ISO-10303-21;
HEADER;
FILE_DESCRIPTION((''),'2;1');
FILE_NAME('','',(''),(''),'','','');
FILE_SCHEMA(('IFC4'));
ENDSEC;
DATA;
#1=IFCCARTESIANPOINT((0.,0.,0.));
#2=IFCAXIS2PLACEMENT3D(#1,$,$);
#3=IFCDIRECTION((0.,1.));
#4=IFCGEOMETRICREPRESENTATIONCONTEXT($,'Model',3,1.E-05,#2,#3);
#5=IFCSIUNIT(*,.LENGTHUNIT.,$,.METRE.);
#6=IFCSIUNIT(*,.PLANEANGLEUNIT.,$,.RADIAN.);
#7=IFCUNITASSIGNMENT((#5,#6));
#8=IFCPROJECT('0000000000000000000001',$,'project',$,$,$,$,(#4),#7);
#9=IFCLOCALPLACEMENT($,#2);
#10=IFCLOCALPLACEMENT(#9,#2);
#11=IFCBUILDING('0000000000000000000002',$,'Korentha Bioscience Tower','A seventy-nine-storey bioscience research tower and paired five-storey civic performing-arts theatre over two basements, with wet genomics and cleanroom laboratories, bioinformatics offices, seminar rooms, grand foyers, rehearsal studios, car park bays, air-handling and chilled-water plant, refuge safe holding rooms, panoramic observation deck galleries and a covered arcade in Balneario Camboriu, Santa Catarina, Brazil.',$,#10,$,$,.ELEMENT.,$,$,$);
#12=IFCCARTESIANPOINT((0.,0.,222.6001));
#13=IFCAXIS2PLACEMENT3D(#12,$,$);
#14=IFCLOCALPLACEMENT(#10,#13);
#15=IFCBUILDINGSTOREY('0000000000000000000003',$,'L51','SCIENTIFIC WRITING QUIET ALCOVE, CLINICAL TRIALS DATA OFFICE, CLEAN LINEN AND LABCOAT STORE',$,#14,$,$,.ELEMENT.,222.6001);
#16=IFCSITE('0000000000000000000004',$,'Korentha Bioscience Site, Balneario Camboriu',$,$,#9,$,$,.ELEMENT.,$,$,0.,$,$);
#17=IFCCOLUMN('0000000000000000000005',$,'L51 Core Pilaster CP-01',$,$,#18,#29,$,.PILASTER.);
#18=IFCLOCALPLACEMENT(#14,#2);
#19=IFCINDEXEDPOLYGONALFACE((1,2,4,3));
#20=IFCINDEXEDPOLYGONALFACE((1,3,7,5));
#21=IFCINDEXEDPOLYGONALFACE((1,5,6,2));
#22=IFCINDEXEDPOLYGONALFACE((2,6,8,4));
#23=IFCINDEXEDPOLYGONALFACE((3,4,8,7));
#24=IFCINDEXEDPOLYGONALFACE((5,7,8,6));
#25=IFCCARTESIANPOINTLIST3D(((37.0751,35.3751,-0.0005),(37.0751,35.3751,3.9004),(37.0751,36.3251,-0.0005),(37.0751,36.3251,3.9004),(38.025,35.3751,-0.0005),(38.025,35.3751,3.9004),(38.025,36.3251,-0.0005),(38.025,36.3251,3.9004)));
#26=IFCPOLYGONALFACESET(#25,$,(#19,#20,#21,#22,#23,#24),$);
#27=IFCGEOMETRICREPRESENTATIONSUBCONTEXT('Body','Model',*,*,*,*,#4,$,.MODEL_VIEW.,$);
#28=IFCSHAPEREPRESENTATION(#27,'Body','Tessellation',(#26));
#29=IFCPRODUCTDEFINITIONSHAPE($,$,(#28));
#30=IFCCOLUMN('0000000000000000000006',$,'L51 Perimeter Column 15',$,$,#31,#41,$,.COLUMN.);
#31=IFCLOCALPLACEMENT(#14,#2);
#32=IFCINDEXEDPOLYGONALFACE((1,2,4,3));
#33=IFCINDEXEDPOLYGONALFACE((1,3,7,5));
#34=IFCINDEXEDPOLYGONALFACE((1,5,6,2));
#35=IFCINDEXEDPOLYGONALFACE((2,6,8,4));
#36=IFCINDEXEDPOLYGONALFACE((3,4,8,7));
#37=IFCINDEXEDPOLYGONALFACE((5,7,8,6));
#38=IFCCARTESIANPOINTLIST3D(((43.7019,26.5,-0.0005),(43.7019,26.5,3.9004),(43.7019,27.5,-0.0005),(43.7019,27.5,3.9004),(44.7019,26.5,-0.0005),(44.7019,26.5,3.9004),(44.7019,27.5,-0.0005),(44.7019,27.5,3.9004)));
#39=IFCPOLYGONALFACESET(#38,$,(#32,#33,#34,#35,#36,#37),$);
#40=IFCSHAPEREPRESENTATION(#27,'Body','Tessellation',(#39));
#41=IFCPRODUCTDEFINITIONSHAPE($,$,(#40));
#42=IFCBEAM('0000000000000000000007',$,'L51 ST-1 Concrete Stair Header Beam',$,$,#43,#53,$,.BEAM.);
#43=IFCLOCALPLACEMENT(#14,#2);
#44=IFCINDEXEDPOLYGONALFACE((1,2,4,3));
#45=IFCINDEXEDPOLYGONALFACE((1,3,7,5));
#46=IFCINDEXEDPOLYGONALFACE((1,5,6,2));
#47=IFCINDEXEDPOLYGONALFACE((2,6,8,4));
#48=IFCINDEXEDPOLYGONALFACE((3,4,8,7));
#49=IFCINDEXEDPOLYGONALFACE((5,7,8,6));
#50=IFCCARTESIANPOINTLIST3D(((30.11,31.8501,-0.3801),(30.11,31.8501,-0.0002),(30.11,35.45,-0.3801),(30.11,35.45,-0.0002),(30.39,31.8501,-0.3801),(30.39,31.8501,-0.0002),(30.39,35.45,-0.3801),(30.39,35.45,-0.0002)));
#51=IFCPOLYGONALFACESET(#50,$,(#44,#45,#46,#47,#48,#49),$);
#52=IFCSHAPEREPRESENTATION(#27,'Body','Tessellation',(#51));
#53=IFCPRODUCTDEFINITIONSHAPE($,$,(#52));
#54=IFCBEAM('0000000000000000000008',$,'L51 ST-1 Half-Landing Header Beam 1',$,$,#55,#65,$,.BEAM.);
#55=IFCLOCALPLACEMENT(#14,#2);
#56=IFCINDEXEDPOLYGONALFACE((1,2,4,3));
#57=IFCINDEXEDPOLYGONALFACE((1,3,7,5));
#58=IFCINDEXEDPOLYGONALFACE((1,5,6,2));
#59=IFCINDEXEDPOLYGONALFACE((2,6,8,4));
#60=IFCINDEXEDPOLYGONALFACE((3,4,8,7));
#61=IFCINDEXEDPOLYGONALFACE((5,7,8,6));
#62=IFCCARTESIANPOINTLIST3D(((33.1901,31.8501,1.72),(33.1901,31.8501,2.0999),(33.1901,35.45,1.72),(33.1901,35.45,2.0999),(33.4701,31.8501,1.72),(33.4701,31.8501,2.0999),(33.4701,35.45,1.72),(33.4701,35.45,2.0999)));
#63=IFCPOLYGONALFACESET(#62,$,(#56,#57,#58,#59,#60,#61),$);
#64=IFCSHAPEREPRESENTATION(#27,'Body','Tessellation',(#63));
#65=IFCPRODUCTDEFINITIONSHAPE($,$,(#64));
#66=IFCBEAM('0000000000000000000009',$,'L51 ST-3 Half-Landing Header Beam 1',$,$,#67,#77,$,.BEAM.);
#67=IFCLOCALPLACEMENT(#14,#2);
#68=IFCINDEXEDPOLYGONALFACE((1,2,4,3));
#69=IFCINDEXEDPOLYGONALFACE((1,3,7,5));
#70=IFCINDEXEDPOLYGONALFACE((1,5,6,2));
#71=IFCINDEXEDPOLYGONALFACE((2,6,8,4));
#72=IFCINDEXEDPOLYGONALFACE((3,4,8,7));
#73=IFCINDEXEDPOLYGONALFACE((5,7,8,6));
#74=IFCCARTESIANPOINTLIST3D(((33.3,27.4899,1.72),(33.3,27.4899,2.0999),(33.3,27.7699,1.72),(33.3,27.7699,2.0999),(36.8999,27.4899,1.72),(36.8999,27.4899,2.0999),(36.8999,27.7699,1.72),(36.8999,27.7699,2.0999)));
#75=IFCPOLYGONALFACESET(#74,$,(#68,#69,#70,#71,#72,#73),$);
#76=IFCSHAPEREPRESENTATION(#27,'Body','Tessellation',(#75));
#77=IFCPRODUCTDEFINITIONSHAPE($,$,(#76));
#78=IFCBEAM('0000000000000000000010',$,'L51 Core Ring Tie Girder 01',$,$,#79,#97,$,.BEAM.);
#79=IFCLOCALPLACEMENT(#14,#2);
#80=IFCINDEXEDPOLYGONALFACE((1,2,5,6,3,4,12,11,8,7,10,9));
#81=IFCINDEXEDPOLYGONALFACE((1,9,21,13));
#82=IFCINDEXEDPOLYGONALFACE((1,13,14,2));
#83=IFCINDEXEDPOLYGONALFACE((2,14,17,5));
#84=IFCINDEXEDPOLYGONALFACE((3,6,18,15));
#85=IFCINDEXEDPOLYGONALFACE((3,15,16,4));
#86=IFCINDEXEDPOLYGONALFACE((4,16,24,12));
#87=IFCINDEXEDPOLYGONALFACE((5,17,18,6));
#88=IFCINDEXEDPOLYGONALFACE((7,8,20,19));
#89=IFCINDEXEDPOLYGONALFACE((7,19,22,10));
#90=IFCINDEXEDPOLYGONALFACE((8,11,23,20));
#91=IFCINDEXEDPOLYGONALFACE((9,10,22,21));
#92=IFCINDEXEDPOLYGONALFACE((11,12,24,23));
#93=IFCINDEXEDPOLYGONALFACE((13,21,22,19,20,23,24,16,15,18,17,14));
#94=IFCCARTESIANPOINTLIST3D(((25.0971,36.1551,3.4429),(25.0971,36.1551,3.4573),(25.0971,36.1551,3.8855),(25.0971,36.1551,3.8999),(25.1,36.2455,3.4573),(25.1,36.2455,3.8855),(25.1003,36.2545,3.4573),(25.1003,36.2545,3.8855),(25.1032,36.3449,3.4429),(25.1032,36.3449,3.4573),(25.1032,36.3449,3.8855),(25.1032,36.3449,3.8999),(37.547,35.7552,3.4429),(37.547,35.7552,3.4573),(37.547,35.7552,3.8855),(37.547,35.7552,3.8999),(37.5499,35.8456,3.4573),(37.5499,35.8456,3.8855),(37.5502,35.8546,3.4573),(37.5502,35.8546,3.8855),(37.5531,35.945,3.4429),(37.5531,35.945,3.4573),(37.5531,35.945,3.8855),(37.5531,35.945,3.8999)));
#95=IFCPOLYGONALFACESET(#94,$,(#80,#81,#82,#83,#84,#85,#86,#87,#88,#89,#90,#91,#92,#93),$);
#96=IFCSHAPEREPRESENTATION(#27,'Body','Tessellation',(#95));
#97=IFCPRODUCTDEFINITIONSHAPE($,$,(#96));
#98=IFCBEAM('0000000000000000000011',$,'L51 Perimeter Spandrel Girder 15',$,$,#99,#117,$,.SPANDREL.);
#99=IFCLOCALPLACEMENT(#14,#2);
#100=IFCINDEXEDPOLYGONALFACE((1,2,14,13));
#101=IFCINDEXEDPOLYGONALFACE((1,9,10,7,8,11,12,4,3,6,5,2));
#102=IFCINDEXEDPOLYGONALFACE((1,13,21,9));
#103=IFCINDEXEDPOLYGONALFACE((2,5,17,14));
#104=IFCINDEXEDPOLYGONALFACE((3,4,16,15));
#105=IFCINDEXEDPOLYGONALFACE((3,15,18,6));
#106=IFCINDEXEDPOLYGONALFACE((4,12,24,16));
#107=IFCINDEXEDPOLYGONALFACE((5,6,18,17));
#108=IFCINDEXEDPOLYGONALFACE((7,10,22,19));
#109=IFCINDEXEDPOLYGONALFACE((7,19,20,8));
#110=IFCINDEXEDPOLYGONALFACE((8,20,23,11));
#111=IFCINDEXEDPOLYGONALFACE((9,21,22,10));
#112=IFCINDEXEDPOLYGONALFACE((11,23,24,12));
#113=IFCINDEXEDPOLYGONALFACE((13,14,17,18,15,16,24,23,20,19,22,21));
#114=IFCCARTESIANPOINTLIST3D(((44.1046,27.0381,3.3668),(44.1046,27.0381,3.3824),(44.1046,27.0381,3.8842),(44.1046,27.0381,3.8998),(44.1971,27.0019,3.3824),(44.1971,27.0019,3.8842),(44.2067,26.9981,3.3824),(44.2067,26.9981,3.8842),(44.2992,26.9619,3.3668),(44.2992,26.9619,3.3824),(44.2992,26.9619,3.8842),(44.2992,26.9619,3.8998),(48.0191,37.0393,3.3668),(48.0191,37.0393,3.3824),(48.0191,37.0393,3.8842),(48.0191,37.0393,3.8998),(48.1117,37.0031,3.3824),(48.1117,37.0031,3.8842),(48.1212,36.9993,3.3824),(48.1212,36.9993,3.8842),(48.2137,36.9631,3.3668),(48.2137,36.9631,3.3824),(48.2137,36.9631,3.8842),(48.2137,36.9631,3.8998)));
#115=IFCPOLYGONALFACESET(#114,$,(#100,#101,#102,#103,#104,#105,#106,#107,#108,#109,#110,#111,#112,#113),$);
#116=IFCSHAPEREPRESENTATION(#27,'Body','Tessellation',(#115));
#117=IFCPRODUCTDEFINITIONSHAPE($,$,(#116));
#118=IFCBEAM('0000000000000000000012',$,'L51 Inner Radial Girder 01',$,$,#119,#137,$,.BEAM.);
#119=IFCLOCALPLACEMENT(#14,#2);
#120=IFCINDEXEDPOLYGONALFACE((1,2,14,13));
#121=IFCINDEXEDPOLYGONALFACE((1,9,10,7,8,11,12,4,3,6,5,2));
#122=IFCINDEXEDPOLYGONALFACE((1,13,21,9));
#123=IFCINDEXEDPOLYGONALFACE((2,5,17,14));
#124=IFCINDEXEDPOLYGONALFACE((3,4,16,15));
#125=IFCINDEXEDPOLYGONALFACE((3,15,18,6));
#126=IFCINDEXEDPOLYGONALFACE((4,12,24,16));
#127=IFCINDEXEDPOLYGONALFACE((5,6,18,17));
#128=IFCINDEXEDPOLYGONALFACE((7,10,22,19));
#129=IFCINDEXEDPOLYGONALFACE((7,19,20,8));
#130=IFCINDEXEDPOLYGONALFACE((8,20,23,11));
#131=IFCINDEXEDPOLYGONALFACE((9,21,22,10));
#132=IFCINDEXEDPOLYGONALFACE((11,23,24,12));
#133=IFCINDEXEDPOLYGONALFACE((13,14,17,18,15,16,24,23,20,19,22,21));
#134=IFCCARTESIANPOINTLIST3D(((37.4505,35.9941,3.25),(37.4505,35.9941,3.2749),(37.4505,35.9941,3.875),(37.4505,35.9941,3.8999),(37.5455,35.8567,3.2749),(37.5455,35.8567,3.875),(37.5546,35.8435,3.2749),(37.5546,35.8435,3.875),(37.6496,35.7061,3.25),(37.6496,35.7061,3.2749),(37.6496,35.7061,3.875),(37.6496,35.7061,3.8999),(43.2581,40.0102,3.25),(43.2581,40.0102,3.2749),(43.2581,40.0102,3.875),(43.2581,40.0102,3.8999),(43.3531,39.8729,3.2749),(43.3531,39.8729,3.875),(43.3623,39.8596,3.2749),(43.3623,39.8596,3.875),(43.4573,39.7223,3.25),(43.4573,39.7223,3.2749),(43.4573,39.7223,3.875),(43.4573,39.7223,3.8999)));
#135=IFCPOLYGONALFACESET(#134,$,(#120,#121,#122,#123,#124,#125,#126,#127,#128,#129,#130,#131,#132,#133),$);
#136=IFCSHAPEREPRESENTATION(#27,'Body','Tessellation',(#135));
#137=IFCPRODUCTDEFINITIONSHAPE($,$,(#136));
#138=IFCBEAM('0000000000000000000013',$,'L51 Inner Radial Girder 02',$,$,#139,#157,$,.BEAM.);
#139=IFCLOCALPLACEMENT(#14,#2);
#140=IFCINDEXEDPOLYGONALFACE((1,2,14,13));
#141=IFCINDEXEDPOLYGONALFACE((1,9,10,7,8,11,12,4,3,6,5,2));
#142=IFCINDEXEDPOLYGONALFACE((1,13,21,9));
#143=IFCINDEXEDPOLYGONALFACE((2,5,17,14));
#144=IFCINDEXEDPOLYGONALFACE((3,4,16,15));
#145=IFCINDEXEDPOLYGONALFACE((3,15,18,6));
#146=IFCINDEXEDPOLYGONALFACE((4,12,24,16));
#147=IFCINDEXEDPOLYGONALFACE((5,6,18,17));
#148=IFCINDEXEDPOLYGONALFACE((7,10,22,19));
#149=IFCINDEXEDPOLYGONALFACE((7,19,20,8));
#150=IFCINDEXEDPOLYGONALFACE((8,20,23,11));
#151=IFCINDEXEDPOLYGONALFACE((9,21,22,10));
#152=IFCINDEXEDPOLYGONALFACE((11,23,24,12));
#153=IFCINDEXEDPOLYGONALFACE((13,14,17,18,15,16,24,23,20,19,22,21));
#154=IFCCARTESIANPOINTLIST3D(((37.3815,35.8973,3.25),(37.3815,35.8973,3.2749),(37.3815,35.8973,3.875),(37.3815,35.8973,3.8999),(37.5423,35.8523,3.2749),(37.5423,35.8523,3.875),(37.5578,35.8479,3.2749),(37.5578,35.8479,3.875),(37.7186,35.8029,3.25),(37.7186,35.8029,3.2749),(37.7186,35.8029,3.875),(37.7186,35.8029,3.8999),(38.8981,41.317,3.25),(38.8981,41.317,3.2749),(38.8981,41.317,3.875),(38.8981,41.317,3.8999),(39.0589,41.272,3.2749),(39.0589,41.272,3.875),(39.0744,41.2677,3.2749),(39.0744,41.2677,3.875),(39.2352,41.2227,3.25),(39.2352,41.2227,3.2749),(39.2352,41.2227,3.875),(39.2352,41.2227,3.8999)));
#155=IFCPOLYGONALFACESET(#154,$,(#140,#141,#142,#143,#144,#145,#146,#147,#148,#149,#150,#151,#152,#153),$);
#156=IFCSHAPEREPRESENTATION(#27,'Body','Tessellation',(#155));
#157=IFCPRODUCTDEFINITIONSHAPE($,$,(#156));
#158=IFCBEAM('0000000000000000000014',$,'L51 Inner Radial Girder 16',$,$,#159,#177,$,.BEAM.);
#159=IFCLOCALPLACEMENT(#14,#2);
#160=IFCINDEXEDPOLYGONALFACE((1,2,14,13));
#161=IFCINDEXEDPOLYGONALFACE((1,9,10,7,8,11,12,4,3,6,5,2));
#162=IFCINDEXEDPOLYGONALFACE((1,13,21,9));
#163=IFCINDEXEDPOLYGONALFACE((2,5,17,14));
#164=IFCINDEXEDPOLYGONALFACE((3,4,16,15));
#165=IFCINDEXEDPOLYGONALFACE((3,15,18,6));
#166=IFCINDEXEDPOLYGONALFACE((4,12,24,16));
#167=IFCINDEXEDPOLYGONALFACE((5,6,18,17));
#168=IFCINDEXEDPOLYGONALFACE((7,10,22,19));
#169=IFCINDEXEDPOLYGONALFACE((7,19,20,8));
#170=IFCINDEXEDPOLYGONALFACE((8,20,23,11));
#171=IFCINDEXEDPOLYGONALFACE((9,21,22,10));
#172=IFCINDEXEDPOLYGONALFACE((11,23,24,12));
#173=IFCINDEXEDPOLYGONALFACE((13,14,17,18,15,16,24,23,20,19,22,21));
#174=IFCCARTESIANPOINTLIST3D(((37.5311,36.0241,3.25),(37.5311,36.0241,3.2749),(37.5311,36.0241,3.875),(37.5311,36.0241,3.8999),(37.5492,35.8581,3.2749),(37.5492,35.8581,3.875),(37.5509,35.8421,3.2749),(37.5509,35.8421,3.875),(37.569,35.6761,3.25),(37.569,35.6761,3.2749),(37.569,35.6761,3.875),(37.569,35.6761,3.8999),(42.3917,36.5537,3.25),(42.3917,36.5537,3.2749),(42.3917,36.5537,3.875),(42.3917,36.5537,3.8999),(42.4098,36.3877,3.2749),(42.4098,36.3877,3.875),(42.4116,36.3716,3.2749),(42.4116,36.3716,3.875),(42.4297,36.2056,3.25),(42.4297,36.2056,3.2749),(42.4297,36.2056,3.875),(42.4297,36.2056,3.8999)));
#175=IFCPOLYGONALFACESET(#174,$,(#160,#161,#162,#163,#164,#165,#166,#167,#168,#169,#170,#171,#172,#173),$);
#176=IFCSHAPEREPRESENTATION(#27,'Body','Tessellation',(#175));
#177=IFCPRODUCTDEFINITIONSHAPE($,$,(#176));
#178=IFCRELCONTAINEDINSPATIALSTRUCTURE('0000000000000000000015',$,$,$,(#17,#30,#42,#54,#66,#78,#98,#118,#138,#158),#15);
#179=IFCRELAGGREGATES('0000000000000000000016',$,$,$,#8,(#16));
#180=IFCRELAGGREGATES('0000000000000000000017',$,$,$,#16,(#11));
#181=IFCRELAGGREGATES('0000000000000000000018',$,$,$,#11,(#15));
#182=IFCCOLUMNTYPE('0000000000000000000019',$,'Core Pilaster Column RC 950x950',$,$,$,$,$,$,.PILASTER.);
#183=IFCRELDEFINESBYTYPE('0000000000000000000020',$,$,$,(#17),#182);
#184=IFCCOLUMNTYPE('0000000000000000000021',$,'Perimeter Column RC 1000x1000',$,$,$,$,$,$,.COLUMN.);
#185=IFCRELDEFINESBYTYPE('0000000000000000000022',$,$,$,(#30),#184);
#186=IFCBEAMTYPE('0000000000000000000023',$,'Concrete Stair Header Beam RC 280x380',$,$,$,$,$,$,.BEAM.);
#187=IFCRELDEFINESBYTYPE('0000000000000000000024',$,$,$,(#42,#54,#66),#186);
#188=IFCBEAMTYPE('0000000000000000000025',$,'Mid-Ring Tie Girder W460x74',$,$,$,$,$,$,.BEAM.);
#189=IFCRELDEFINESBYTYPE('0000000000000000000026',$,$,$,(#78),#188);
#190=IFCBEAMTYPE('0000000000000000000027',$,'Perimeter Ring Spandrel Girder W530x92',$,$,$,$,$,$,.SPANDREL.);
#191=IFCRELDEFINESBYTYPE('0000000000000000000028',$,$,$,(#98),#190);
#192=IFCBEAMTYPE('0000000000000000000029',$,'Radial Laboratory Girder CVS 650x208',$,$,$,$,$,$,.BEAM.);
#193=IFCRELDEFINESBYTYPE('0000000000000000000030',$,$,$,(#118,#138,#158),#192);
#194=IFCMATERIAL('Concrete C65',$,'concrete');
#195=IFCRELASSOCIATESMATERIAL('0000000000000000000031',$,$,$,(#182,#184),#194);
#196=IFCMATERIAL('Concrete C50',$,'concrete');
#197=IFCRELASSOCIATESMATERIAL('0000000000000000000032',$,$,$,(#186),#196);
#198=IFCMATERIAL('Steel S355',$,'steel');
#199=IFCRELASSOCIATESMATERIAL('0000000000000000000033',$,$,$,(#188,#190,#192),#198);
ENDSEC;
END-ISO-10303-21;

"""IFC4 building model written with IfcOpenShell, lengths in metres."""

from ifc_helpers import new_model, si_unit, direction, frame, origin, origin_2d, place, context, subcontext, project, spatial, rectangle, i_section, extrude, material, material_profile, profile_set, type_object, element, save


model = new_model("IFC4")

# Units and contexts
model_context = context("Model", 3, precision=1e-05, world=origin(), true_north=direction((0.0, 1.0)))
body_context = subcontext(model_context, "Body", "Model", "MODEL_VIEW")
ifc_project = project(units=[si_unit("LENGTHUNIT", "METRE"), si_unit("PLANEANGLEUNIT", "RADIAN")], contexts=[model_context])

# Site, building, storey
site_placement = place(None, origin())
site = spatial("IfcSite", under=ifc_project, at=site_placement, Name="Korentha Bioscience Site, Balneario Camboriu", CompositionType="ELEMENT", RefElevation=0.0)
building_placement = place(site_placement, origin())
building = spatial("IfcBuilding", under=site, at=building_placement, Name="Korentha Bioscience Tower", Description="A seventy-nine-storey bioscience research tower and paired five-storey civic performing-arts theatre over two basements, with wet genomics and cleanroom laboratories, bioinformatics offices, seminar rooms, grand foyers, rehearsal studios, car park bays, air-handling and chilled-water plant, refuge safe holding rooms, panoramic observation deck galleries and a covered arcade in Balneario Camboriu, Santa Catarina, Brazil.", CompositionType="ELEMENT")
storey_placement = place(building_placement, frame((0.0, 0.0, 222.6001)))
storey = spatial("IfcBuildingStorey", under=building, at=storey_placement, Name="L51", Description="SCIENTIFIC WRITING QUIET ALCOVE, CLINICAL TRIALS DATA OFFICE, CLEAN LINEN AND LABCOAT STORE", CompositionType="ELEMENT", Elevation=222.6001)

# Columns
ifc_material_1 = material(Name="Concrete C65", Category="concrete")
ifc_material_profile_1 = material_profile(ifc_material_1, rectangle(XDim=0.95, YDim=0.95, at=origin_2d()), Name="Concrete C65")
ifc_profile_set_1 = profile_set([ifc_material_profile_1], Name="Concrete C65 (COL-CP09)")
column_type_1 = type_object("IfcColumnType", Name="Core Pilaster Column RC 950x950", PredefinedType="PILASTER", material=ifc_profile_set_1)
column_1_placement = place(storey_placement, frame((37.55, 35.8501, -0.0005), z_axis=(0.0, 0.0, 1.0), x_axis=(1.0, 0.0, 0.0)))
element("IfcColumn", 1, at=column_1_placement, inside=storey, type_object=column_type_1, Name="L51 Core Pilaster CP-01", PredefinedType="PILASTER", context=body_context, shape_type="SweptSolid", body=[
    extrude(rectangle(XDim=0.95, YDim=0.95, at=origin_2d()), origin(), (0.0, 0.0, 1.0), 3.9009),
])
ifc_material_profile_2 = material_profile(ifc_material_1, rectangle(XDim=1.0, YDim=1.0, at=origin_2d()), Name="Concrete C65")
ifc_profile_set_2 = profile_set([ifc_material_profile_2], Name="Concrete C65 (COL-P10)")
column_type_2 = type_object("IfcColumnType", Name="Perimeter Column RC 1000x1000", PredefinedType="COLUMN", material=ifc_profile_set_2)
column_2_placement = place(storey_placement, frame((44.2019, 27.0, -0.0005), z_axis=(0.0, 0.0, 1.0), x_axis=(0.0, 1.0, 0.0)))
element("IfcColumn", 2, at=column_2_placement, inside=storey, type_object=column_type_2, Name="L51 Perimeter Column 15", PredefinedType="COLUMN", context=body_context, shape_type="SweptSolid", body=[
    extrude(rectangle(XDim=1.0, YDim=1.0, at=origin_2d()), origin(), (0.0, 0.0, 1.0), 3.9009),
])

# Beams
ifc_material_2 = material(Name="Concrete C50", Category="concrete")
ifc_material_profile_3 = material_profile(ifc_material_2, rectangle(XDim=0.28, YDim=0.3799, at=origin_2d()), Name="Concrete C50")
ifc_profile_set_3 = profile_set([ifc_material_profile_3], Name="Concrete C50 (ST-HB380)")
beam_type_1 = type_object("IfcBeamType", Name="Concrete Stair Header Beam RC 280x380", PredefinedType="BEAM", material=ifc_profile_set_3)
for number, where, z_axis, x_axis, name in (
    (3, (30.25, 31.8501, -0.1902), (0.0, 1.0, 0.0), (-1.0, 0.0, 0.0), "L51 ST-1 Concrete Stair Header Beam"),
    (4, (33.3301, 31.8501, 1.9099), (0.0, 1.0, 0.0), (-1.0, 0.0, 0.0), "L51 ST-1 Half-Landing Header Beam 1"),
    (5, (36.8999, 27.6299, 1.9099), (-1.0, 0.0, 0.0), (0.0, -1.0, 0.0), "L51 ST-3 Half-Landing Header Beam 1"),
):
    element("IfcBeam", number, at=place(storey_placement, frame(where, z_axis=z_axis, x_axis=x_axis)), inside=storey, type_object=beam_type_1, Name=name, PredefinedType="BEAM", context=body_context, shape_type="SweptSolid", body=[
        extrude(rectangle(XDim=0.28, YDim=0.3799, at=origin_2d()), origin(), (0.0, 0.0, 1.0), 3.5999),
    ])
ifc_material_3 = material(Name="Steel S355", Category="steel")
ifc_material_profile_4 = material_profile(ifc_material_3, i_section(OverallWidth=0.1899, OverallDepth=0.457, WebThickness=0.009, FlangeThickness=0.0144, at=origin_2d()), Name="Steel S355")
ifc_profile_set_4 = profile_set([ifc_material_profile_4], Name="Steel S355 (MB-460)")
beam_type_2 = type_object("IfcBeamType", Name="Mid-Ring Tie Girder W460x74", PredefinedType="BEAM", material=ifc_profile_set_4)
beam_1_placement = place(storey_placement, frame((37.55, 35.8501, 3.6714), z_axis=(-0.999485, 0.032104, 0.0), x_axis=(-0.032104, -0.999485, 0.0)))
element("IfcBeam", 6, at=beam_1_placement, inside=storey, type_object=beam_type_2, Name="L51 Core Ring Tie Girder 01", PredefinedType="BEAM", context=body_context, shape_type="SweptSolid", body=[
    extrude(i_section(OverallWidth=0.1899, OverallDepth=0.457, WebThickness=0.009, FlangeThickness=0.0144, at=origin_2d()), origin(), (0.0, 0.0, 1.0), 12.4563),
])
ifc_material_profile_5 = material_profile(ifc_material_3, i_section(OverallWidth=0.209, OverallDepth=0.533, WebThickness=0.0103, FlangeThickness=0.0156, at=origin_2d()), Name="Steel S355")
ifc_profile_set_5 = profile_set([ifc_material_profile_5], Name="Steel S355 (SB-530)")
beam_type_3 = type_object("IfcBeamType", Name="Perimeter Ring Spandrel Girder W530x92", PredefinedType="SPANDREL", material=ifc_profile_set_5)
beam_2_placement = place(storey_placement, frame((44.2019, 27.0, 3.6333), z_axis=(0.364482, 0.93121, 0.0), x_axis=(-0.93121, 0.364482, 0.0)))
element("IfcBeam", 7, at=beam_2_placement, inside=storey, type_object=beam_type_3, Name="L51 Perimeter Spandrel Girder 15", PredefinedType="SPANDREL", context=body_context, shape_type="SweptSolid", body=[
    extrude(i_section(OverallWidth=0.209, OverallDepth=0.533, WebThickness=0.0103, FlangeThickness=0.0156, at=origin_2d()), origin(), (0.0, 0.0, 1.0), 10.74),
])
ifc_material_profile_6 = material_profile(ifc_material_3, i_section(OverallWidth=0.3501, OverallDepth=0.6499, WebThickness=0.0161, FlangeThickness=0.0249, at=origin_2d()), Name="Steel S355")
ifc_profile_set_6 = profile_set([ifc_material_profile_6], Name="Steel S355 (RB-650)")
beam_type_4 = type_object("IfcBeamType", Name="Radial Laboratory Girder CVS 650x208", PredefinedType="BEAM", material=ifc_profile_set_6)
beam_3_placement = place(storey_placement, frame((37.55, 35.8501, 3.575), z_axis=(0.822493, 0.568775, 0.0), x_axis=(-0.568775, 0.822493, 0.0)))
element("IfcBeam", 8, at=beam_3_placement, inside=storey, type_object=beam_type_4, Name="L51 Inner Radial Girder 01", PredefinedType="BEAM", context=body_context, shape_type="SweptSolid", body=[
    extrude(i_section(OverallWidth=0.3501, OverallDepth=0.6499, WebThickness=0.0161, FlangeThickness=0.0249, at=origin_2d()), origin(), (0.0, 0.0, 1.0), 7.061),
])
beam_4_placement = place(storey_placement, frame((37.55, 35.8501, 3.575), z_axis=(0.26948, 0.963006, 0.0), x_axis=(-0.963006, 0.26948, 0.0)))
element("IfcBeam", 9, at=beam_4_placement, inside=storey, type_object=beam_type_4, Name="L51 Inner Radial Girder 02", PredefinedType="BEAM", context=body_context, shape_type="SweptSolid", body=[
    extrude(i_section(OverallWidth=0.3501, OverallDepth=0.6499, WebThickness=0.0161, FlangeThickness=0.0249, at=origin_2d()), origin(), (0.0, 0.0, 1.0), 5.6279),
])
beam_5_placement = place(storey_placement, frame((37.55, 35.8501, 3.575), z_axis=(0.994118, 0.108305, 0.0), x_axis=(-0.108305, 0.994118, 0.0)))
element("IfcBeam", 10, at=beam_5_placement, inside=storey, type_object=beam_type_4, Name="L51 Inner Radial Girder 16", PredefinedType="BEAM", context=body_context, shape_type="SweptSolid", body=[
    extrude(i_section(OverallWidth=0.3501, OverallDepth=0.6499, WebThickness=0.0161, FlangeThickness=0.0249, at=origin_2d()), origin(), (0.0, 0.0, 1.0), 4.8894),
])

save(model, "model.ifc")
